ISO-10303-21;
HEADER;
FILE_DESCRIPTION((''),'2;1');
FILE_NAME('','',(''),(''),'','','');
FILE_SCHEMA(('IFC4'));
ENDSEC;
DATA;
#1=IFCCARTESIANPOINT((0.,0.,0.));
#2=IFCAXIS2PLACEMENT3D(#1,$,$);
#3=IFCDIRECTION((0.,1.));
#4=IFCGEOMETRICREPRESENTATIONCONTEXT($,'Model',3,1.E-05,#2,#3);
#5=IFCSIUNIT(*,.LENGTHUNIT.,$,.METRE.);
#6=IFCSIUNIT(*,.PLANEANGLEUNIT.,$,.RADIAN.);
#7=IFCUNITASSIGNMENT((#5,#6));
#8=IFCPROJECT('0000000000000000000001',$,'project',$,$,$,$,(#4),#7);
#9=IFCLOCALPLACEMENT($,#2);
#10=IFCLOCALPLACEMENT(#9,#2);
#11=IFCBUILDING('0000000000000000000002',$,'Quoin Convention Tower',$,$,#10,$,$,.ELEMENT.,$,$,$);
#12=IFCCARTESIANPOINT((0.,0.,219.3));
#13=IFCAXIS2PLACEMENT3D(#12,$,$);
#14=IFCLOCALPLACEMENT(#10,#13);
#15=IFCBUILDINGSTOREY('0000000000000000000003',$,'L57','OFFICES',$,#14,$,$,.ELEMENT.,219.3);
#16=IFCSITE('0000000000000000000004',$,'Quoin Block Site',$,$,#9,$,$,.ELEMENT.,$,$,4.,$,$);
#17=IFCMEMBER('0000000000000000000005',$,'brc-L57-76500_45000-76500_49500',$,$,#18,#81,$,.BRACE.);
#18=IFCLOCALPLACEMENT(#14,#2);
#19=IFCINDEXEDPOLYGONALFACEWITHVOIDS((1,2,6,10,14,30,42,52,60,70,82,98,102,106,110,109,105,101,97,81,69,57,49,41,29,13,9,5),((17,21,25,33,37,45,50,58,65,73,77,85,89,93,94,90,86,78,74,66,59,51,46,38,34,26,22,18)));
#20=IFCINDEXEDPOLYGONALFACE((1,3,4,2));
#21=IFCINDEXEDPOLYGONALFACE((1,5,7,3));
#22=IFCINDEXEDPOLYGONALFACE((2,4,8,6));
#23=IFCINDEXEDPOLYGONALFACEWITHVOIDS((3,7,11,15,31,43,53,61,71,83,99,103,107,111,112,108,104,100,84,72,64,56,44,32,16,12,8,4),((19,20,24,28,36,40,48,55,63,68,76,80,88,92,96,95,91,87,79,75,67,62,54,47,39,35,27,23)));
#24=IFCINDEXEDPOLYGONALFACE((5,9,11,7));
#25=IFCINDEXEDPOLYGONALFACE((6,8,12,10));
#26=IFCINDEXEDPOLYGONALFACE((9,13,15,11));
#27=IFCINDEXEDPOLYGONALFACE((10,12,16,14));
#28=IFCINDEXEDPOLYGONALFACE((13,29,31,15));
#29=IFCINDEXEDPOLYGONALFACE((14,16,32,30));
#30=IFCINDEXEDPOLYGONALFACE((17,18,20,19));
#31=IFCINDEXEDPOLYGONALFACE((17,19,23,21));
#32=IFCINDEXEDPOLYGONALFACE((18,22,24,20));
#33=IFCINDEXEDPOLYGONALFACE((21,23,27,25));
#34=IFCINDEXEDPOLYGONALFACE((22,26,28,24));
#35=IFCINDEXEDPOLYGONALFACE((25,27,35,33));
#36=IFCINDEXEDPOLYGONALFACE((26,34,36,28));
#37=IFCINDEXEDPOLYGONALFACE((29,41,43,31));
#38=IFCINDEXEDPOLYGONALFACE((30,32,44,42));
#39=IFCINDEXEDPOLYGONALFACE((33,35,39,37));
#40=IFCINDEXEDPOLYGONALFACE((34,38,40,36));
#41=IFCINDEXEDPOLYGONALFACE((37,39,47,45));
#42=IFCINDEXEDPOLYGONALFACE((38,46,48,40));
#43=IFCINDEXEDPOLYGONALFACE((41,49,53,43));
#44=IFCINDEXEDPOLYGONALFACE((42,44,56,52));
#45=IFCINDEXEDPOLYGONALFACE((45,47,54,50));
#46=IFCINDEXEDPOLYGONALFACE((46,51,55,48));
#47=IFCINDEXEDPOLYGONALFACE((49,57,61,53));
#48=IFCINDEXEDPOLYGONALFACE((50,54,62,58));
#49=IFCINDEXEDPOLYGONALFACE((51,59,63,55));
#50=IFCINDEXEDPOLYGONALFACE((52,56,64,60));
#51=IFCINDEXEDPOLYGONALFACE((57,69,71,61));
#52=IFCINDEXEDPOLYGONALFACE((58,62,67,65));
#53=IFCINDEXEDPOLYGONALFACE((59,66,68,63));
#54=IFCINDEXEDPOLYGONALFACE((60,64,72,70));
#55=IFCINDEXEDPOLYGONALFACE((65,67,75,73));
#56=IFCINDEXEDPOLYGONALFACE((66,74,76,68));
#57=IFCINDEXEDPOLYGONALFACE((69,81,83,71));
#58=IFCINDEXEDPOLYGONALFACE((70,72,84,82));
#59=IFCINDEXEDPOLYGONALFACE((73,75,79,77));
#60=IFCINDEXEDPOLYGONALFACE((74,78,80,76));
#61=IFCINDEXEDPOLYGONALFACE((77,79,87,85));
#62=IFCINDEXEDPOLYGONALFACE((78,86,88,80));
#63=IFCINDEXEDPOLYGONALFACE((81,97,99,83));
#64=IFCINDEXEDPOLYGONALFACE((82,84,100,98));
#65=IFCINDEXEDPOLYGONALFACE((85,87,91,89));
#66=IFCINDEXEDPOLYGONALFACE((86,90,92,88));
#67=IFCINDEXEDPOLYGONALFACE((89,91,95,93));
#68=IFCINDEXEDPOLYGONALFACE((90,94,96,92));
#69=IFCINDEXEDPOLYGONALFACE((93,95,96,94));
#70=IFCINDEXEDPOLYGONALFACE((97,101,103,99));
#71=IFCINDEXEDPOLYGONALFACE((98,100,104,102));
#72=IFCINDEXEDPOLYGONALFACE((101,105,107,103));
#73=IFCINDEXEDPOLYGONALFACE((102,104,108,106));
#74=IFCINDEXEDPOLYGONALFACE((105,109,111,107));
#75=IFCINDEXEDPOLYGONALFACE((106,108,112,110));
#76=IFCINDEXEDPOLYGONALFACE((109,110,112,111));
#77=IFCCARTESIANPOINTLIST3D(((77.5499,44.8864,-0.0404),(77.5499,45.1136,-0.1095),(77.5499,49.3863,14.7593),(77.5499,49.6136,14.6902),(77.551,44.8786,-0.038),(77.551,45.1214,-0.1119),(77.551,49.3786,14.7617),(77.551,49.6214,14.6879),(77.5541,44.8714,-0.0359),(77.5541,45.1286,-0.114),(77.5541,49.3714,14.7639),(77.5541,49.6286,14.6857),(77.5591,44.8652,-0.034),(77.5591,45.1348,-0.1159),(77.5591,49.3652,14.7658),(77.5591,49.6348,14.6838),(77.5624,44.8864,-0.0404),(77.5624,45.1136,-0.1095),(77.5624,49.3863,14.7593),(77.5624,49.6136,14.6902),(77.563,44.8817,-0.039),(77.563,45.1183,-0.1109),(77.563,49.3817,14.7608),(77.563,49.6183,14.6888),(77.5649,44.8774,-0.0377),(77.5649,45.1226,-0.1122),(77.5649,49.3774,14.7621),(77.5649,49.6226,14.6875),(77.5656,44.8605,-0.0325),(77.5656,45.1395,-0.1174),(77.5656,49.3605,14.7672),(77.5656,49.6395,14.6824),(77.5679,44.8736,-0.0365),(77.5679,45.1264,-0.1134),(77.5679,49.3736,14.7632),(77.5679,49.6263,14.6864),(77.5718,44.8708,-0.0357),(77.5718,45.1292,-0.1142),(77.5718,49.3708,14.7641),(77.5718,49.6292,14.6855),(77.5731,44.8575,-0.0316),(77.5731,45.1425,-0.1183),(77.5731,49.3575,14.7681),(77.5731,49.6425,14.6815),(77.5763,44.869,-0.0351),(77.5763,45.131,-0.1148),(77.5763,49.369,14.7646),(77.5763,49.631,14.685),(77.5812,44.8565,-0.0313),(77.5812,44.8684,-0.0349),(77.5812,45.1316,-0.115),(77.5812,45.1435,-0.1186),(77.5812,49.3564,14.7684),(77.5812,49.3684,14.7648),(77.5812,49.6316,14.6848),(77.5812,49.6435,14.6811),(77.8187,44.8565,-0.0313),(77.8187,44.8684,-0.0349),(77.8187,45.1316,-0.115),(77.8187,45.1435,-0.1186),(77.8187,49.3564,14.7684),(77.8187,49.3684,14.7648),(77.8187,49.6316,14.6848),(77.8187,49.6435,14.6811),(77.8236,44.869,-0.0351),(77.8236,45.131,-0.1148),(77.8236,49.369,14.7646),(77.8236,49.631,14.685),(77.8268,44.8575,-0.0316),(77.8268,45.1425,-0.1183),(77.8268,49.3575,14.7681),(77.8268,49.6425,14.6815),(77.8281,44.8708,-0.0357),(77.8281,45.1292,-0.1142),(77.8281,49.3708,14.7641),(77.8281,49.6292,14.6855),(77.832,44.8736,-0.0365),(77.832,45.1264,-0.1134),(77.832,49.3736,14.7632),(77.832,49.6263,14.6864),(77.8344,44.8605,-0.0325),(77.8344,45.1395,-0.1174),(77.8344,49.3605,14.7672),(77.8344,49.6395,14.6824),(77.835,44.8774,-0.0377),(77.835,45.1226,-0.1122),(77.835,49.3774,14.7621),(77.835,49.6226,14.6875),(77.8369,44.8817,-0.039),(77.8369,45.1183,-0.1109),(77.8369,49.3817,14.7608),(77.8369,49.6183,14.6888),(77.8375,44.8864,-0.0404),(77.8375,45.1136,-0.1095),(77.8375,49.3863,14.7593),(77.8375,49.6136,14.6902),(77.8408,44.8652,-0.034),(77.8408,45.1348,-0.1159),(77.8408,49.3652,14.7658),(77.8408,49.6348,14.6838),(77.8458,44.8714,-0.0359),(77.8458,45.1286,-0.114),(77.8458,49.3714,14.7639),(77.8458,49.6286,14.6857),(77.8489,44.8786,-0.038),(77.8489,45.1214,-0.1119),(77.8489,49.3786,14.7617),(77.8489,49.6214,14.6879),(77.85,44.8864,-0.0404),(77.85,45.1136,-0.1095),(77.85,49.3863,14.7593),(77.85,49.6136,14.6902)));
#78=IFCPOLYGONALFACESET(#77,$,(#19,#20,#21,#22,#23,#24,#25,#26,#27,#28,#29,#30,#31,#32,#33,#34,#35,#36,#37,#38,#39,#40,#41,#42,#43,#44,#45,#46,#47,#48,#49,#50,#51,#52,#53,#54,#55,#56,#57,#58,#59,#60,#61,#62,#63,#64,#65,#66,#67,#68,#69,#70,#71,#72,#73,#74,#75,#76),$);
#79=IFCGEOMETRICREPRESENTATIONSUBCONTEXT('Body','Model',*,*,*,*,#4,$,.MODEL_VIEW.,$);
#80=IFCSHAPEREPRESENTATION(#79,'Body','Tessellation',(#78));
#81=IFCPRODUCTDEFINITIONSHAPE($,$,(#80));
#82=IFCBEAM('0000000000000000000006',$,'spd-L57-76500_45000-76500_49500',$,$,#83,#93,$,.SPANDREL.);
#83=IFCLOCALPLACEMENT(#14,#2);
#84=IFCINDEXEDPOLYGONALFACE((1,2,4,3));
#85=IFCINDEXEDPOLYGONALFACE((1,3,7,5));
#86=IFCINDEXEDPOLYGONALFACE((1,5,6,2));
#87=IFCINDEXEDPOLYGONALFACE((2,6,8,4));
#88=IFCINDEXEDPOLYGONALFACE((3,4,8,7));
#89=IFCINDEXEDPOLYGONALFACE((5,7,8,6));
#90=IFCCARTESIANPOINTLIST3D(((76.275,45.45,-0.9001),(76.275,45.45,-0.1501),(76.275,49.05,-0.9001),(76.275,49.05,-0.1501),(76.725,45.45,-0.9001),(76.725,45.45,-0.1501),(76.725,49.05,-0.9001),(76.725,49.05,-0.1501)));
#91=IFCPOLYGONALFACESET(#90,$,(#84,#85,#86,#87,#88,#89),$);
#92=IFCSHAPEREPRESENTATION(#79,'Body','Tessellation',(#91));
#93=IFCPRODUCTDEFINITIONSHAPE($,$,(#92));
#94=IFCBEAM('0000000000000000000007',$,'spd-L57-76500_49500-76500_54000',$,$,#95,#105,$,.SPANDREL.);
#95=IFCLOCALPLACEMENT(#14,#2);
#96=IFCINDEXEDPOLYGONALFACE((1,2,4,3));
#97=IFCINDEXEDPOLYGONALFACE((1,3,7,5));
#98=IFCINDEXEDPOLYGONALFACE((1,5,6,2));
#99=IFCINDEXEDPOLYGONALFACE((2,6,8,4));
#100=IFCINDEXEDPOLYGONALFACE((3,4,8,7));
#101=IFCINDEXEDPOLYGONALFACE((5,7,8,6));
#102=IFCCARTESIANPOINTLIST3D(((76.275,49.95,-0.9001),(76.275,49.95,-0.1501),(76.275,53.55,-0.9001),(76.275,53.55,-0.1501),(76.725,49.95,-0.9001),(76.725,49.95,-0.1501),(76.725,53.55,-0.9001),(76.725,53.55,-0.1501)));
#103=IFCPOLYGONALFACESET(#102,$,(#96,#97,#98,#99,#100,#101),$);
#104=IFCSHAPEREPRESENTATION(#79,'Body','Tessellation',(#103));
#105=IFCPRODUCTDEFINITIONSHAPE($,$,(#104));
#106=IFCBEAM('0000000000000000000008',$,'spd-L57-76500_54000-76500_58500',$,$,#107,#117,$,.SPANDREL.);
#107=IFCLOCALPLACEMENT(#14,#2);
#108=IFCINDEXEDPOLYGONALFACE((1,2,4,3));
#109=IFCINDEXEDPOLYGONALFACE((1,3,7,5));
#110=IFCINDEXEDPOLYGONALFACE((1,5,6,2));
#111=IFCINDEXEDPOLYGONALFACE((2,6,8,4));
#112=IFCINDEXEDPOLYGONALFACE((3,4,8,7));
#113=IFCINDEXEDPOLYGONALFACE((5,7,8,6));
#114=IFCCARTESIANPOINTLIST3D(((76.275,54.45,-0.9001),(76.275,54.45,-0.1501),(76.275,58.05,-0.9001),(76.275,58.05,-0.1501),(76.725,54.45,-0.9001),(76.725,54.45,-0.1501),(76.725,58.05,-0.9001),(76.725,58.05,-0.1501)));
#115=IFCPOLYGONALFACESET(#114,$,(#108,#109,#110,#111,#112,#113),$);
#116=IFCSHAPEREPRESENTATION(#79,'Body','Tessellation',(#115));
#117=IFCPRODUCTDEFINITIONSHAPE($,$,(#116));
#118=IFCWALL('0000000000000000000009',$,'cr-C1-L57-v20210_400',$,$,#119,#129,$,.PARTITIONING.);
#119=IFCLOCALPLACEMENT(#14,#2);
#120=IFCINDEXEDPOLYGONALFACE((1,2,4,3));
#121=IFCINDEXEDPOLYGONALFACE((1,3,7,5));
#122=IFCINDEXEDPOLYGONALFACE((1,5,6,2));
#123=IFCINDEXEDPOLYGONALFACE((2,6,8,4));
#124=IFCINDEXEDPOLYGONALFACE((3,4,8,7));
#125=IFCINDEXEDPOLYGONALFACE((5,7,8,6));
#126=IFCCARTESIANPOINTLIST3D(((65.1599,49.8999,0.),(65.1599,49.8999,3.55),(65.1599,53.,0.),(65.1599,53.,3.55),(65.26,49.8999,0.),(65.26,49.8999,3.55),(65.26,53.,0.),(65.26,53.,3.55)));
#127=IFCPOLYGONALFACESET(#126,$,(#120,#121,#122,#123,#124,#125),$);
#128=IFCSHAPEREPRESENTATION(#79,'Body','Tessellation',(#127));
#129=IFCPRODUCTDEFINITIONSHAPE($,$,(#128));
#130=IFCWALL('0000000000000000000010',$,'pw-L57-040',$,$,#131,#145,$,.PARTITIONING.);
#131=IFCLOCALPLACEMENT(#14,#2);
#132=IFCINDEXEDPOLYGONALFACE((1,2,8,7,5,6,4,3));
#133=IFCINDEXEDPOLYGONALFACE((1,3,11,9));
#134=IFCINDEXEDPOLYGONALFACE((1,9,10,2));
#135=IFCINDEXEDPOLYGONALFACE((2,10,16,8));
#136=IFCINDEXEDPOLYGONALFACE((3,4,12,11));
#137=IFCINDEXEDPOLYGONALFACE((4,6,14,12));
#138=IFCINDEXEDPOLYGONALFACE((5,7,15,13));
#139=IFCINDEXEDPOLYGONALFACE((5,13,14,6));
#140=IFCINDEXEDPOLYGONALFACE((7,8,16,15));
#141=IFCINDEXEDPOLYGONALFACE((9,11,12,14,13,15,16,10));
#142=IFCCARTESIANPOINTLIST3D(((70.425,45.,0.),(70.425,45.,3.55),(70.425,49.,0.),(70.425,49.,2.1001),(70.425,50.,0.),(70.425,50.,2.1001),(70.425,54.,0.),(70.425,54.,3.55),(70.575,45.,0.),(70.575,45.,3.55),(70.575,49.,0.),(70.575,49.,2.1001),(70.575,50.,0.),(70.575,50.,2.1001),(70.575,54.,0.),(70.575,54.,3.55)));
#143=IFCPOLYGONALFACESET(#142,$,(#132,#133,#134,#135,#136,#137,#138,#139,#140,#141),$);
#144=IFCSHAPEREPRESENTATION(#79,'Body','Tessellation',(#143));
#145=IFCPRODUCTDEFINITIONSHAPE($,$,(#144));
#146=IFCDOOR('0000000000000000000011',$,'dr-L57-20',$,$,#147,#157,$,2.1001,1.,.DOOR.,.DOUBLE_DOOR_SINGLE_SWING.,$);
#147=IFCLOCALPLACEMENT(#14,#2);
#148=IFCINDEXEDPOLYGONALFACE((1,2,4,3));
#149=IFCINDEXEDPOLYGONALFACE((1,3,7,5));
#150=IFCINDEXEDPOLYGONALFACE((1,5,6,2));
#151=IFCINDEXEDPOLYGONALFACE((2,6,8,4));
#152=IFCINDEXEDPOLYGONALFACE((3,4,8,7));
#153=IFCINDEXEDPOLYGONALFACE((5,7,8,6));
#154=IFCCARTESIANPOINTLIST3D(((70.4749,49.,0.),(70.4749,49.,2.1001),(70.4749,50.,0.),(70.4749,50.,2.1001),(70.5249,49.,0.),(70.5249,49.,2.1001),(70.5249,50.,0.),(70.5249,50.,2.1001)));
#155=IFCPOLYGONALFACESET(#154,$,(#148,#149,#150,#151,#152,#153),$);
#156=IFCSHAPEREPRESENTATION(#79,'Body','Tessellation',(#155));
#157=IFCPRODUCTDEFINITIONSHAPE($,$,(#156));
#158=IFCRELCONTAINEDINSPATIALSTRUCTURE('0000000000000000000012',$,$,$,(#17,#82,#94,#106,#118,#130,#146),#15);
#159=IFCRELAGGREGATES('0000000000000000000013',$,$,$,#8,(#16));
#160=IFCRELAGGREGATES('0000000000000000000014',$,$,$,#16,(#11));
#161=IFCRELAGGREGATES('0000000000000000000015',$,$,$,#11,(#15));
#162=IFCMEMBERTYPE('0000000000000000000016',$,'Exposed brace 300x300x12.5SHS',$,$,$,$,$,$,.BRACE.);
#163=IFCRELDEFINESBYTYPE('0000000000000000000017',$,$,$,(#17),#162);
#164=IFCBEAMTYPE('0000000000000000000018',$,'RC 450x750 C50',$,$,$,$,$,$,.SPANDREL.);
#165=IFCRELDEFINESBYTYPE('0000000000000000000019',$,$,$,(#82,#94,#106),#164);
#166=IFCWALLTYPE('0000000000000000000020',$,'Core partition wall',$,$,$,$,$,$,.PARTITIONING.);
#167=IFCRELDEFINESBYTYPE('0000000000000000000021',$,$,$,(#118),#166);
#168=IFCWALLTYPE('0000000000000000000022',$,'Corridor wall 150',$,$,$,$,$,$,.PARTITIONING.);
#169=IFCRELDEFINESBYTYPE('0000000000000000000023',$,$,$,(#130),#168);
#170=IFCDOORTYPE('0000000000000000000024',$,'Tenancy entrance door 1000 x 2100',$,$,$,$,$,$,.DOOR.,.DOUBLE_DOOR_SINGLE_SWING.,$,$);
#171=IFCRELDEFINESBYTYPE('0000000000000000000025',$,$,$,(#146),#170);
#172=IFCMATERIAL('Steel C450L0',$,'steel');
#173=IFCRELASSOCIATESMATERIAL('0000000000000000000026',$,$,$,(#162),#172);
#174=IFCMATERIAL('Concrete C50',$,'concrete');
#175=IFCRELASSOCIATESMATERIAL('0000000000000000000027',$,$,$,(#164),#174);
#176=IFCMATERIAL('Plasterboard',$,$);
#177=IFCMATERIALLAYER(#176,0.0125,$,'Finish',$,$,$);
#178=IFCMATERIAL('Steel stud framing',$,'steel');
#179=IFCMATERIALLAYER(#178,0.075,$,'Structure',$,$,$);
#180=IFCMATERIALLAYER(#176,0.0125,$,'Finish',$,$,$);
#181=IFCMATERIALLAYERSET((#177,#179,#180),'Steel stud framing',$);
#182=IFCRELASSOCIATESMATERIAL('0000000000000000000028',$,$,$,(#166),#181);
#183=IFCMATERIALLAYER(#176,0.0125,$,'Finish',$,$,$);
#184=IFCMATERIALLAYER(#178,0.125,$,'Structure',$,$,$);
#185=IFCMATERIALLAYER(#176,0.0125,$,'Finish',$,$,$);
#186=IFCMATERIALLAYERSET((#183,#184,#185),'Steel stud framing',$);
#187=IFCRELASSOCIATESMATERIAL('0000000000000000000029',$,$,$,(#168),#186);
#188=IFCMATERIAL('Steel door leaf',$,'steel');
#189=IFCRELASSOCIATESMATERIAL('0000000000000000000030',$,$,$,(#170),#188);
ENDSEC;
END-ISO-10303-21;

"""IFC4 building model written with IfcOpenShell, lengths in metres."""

from ifc_helpers import new_model, si_unit, direction, frame, frame_2d, origin, origin_2d, place, context, subcontext, project, spatial, rectangle, hollow_rectangle, extrude, material, layer, layer_set, material_profile, profile_set, type_object, element, fill, save


model = new_model("IFC4")

# Units and contexts
model_context = context("Model", 3, precision=1e-05, world=origin(), true_north=direction((0.0, 1.0)))
body_context = subcontext(model_context, "Body", "Model", "MODEL_VIEW")
ifc_project = project(units=[si_unit("LENGTHUNIT", "METRE"), si_unit("PLANEANGLEUNIT", "RADIAN")], contexts=[model_context])

# Site, building, storey
site_placement = place(None, origin())
site = spatial("IfcSite", under=ifc_project, at=site_placement, Name="Quoin Block Site", CompositionType="ELEMENT", RefElevation=4.0)
building_placement = place(site_placement, origin())
building = spatial("IfcBuilding", under=site, at=building_placement, Name="Quoin Convention Tower", CompositionType="ELEMENT")
storey_placement = place(building_placement, frame((0.0, 0.0, 219.3)))
storey = spatial("IfcBuildingStorey", under=building, at=storey_placement, Name="L57", Description="OFFICES", CompositionType="ELEMENT", Elevation=219.3)

# Shared definitions
ifc_material_1 = material(Name="Concrete C50", Category="concrete")

# Member
ifc_material_2 = material(Name="Steel C450L0", Category="steel")
ifc_material_profile_1 = material_profile(ifc_material_2, hollow_rectangle(XDim=0.3, YDim=0.3, WallThickness=0.0125, InnerFilletRadius=0.0188, OuterFilletRadius=0.0312, at=origin_2d()), Name="300x300x12.5SHS")
ifc_profile_set_1 = profile_set([ifc_material_profile_1], Name="Steel C450L0")
member_type = type_object("IfcMemberType", Name="Exposed brace 300x300x12.5SHS", PredefinedType="BRACE", material=ifc_profile_set_1)
member_placement = place(storey_placement, frame((77.7, 45.0, -0.075), z_axis=(0.0, 0.290908, 0.956751), x_axis=(-1.0, 0.0, 0.0)))
element("IfcMember", 1, at=member_placement, inside=storey, type_object=member_type, Name="brc-L57-76500_45000-76500_49500", PredefinedType="BRACE", context=body_context, shape_type="SweptSolid", body=[
    extrude(hollow_rectangle(XDim=0.3, YDim=0.3, WallThickness=0.0125, InnerFilletRadius=0.0188, OuterFilletRadius=0.0312, at=origin_2d()), origin(), (0.0, 0.0, 1.0), 15.4688),
])

# Beams
ifc_material_profile_2 = material_profile(ifc_material_1, rectangle(XDim=0.45, YDim=0.75, at=origin_2d()), Name="RC 450x750")
ifc_profile_set_2 = profile_set([ifc_material_profile_2], Name="Concrete C50")
beam_type_1 = type_object("IfcBeamType", Name="RC 450x750 C50", PredefinedType="SPANDREL", material=ifc_profile_set_2)
for number, where, z_axis, x_axis, name in (
    (2, (76.5, 45.45, -0.5251), (0.0, 1.0, 0.0), (-1.0, 0.0, 0.0), "spd-L57-76500_45000-76500_49500"),
    (3, (76.5, 49.95, -0.5251), (0.0, 1.0, 0.0), (-1.0, 0.0, 0.0), "spd-L57-76500_49500-76500_54000"),
    (4, (76.5, 54.45, -0.5251), (0.0, 1.0, 0.0), (-1.0, 0.0, 0.0), "spd-L57-76500_54000-76500_58500"),
):
    element("IfcBeam", number, at=place(storey_placement, frame(where, z_axis=z_axis, x_axis=x_axis)), inside=storey, type_object=beam_type_1, Name=name, PredefinedType="SPANDREL", context=body_context, shape_type="SweptSolid", body=[
        extrude(rectangle(XDim=0.45, YDim=0.75, at=origin_2d()), origin(), (0.0, 0.0, 1.0), 3.6001),
    ])

# Wall
ifc_material_3 = material(Name="Plasterboard")
ifc_layer_1 = layer(ifc_material_3, 0.0125, Name="Finish")
ifc_material_4 = material(Name="Steel stud framing", Category="steel")
ifc_layer_2 = layer(ifc_material_4, 0.075, Name="Structure")
ifc_layer_3 = layer(ifc_material_3, 0.0125, Name="Finish")
ifc_layer_set_1 = layer_set([ifc_layer_1, ifc_layer_2, ifc_layer_3], Name="Steel stud framing")
wall_type_1 = type_object("IfcWallType", Name="Core partition wall", PredefinedType="PARTITIONING", material=ifc_layer_set_1)
wall_1_placement = place(storey_placement, frame((65.21, 49.8999, 0.0), z_axis=(0.0, 0.0, 1.0), x_axis=(0.0, 1.0, 0.0)))
element("IfcWall", 5, at=wall_1_placement, inside=storey, type_object=wall_type_1, Name="cr-C1-L57-v20210_400", PredefinedType="PARTITIONING", context=body_context, shape_type="SweptSolid", body=[
    extrude(rectangle(XDim=3.1001, YDim=0.1001, at=frame_2d((1.55, 0.0))), origin(), (0.0, 0.0, 1.0), 3.55),
])

# Wall, opening, door
ifc_layer_4 = layer(ifc_material_3, 0.0125, Name="Finish")
ifc_layer_5 = layer(ifc_material_4, 0.125, Name="Structure")
ifc_layer_6 = layer(ifc_material_3, 0.0125, Name="Finish")
ifc_layer_set_2 = layer_set([ifc_layer_4, ifc_layer_5, ifc_layer_6], Name="Steel stud framing")
wall_type_2 = type_object("IfcWallType", Name="Corridor wall 150", PredefinedType="PARTITIONING", material=ifc_layer_set_2)
wall_2_placement = place(storey_placement, frame((70.5, 45.0, 0.0), z_axis=(0.0, 0.0, 1.0), x_axis=(0.0, 1.0, 0.0)))
wall_2 = element("IfcWall", 6, at=wall_2_placement, inside=storey, type_object=wall_type_2, Name="pw-L57-040", PredefinedType="PARTITIONING", context=body_context, shape_type="SweptSolid", body=[
    extrude(rectangle(XDim=9.0, YDim=0.1499, at=frame_2d((4.5, 0.0))), origin(), (0.0, 0.0, 1.0), 3.55),
])
opening_1_placement = place(wall_2_placement, frame((4.0, 0.0, 0.0)))
opening_1 = element("IfcOpeningElement", 7, at=opening_1_placement, cuts=wall_2, PredefinedType="OPENING", context=body_context, shape_type="SweptSolid", body=[
    extrude(rectangle(XDim=1.0, YDim=2.1001, at=frame_2d((0.5, 1.05))), frame((0.0, 0.085, 0.0), z_axis=(0.0, -1.0, 0.0), x_axis=(1.0, 0.0, 0.0)), (0.0, 0.0, 1.0), 0.1699),
])
ifc_material_5 = material(Name="Steel door leaf", Category="steel")
door_type_1 = type_object("IfcDoorType", Name="Tenancy entrance door 1000 x 2100", OperationType="DOUBLE_DOOR_SINGLE_SWING", PredefinedType="DOOR", material=ifc_material_5)
door_1_placement = place(opening_1_placement, frame((1.0, 0.0, 0.0), z_axis=(0.0, 0.0, 1.0), x_axis=(-1.0, 0.0, 0.0)))
door_1 = element("IfcDoor", 8, at=door_1_placement, inside=storey, type_object=door_type_1, Name="dr-L57-20", OperationType="DOUBLE_DOOR_SINGLE_SWING", OverallHeight=2.1001, OverallWidth=1.0, PredefinedType="DOOR", context=body_context, shape_type="SweptSolid", body=[
    extrude(rectangle(XDim=1.0, YDim=2.1001, at=frame_2d((0.5, 1.05))), frame((0.0, 0.0249, 0.0), z_axis=(0.0, -1.0, 0.0), x_axis=(1.0, 0.0, 0.0)), (0.0, 0.0, 1.0), 0.05),
])
fill(opening_1, door_1)

save(model, "model.ifc")
